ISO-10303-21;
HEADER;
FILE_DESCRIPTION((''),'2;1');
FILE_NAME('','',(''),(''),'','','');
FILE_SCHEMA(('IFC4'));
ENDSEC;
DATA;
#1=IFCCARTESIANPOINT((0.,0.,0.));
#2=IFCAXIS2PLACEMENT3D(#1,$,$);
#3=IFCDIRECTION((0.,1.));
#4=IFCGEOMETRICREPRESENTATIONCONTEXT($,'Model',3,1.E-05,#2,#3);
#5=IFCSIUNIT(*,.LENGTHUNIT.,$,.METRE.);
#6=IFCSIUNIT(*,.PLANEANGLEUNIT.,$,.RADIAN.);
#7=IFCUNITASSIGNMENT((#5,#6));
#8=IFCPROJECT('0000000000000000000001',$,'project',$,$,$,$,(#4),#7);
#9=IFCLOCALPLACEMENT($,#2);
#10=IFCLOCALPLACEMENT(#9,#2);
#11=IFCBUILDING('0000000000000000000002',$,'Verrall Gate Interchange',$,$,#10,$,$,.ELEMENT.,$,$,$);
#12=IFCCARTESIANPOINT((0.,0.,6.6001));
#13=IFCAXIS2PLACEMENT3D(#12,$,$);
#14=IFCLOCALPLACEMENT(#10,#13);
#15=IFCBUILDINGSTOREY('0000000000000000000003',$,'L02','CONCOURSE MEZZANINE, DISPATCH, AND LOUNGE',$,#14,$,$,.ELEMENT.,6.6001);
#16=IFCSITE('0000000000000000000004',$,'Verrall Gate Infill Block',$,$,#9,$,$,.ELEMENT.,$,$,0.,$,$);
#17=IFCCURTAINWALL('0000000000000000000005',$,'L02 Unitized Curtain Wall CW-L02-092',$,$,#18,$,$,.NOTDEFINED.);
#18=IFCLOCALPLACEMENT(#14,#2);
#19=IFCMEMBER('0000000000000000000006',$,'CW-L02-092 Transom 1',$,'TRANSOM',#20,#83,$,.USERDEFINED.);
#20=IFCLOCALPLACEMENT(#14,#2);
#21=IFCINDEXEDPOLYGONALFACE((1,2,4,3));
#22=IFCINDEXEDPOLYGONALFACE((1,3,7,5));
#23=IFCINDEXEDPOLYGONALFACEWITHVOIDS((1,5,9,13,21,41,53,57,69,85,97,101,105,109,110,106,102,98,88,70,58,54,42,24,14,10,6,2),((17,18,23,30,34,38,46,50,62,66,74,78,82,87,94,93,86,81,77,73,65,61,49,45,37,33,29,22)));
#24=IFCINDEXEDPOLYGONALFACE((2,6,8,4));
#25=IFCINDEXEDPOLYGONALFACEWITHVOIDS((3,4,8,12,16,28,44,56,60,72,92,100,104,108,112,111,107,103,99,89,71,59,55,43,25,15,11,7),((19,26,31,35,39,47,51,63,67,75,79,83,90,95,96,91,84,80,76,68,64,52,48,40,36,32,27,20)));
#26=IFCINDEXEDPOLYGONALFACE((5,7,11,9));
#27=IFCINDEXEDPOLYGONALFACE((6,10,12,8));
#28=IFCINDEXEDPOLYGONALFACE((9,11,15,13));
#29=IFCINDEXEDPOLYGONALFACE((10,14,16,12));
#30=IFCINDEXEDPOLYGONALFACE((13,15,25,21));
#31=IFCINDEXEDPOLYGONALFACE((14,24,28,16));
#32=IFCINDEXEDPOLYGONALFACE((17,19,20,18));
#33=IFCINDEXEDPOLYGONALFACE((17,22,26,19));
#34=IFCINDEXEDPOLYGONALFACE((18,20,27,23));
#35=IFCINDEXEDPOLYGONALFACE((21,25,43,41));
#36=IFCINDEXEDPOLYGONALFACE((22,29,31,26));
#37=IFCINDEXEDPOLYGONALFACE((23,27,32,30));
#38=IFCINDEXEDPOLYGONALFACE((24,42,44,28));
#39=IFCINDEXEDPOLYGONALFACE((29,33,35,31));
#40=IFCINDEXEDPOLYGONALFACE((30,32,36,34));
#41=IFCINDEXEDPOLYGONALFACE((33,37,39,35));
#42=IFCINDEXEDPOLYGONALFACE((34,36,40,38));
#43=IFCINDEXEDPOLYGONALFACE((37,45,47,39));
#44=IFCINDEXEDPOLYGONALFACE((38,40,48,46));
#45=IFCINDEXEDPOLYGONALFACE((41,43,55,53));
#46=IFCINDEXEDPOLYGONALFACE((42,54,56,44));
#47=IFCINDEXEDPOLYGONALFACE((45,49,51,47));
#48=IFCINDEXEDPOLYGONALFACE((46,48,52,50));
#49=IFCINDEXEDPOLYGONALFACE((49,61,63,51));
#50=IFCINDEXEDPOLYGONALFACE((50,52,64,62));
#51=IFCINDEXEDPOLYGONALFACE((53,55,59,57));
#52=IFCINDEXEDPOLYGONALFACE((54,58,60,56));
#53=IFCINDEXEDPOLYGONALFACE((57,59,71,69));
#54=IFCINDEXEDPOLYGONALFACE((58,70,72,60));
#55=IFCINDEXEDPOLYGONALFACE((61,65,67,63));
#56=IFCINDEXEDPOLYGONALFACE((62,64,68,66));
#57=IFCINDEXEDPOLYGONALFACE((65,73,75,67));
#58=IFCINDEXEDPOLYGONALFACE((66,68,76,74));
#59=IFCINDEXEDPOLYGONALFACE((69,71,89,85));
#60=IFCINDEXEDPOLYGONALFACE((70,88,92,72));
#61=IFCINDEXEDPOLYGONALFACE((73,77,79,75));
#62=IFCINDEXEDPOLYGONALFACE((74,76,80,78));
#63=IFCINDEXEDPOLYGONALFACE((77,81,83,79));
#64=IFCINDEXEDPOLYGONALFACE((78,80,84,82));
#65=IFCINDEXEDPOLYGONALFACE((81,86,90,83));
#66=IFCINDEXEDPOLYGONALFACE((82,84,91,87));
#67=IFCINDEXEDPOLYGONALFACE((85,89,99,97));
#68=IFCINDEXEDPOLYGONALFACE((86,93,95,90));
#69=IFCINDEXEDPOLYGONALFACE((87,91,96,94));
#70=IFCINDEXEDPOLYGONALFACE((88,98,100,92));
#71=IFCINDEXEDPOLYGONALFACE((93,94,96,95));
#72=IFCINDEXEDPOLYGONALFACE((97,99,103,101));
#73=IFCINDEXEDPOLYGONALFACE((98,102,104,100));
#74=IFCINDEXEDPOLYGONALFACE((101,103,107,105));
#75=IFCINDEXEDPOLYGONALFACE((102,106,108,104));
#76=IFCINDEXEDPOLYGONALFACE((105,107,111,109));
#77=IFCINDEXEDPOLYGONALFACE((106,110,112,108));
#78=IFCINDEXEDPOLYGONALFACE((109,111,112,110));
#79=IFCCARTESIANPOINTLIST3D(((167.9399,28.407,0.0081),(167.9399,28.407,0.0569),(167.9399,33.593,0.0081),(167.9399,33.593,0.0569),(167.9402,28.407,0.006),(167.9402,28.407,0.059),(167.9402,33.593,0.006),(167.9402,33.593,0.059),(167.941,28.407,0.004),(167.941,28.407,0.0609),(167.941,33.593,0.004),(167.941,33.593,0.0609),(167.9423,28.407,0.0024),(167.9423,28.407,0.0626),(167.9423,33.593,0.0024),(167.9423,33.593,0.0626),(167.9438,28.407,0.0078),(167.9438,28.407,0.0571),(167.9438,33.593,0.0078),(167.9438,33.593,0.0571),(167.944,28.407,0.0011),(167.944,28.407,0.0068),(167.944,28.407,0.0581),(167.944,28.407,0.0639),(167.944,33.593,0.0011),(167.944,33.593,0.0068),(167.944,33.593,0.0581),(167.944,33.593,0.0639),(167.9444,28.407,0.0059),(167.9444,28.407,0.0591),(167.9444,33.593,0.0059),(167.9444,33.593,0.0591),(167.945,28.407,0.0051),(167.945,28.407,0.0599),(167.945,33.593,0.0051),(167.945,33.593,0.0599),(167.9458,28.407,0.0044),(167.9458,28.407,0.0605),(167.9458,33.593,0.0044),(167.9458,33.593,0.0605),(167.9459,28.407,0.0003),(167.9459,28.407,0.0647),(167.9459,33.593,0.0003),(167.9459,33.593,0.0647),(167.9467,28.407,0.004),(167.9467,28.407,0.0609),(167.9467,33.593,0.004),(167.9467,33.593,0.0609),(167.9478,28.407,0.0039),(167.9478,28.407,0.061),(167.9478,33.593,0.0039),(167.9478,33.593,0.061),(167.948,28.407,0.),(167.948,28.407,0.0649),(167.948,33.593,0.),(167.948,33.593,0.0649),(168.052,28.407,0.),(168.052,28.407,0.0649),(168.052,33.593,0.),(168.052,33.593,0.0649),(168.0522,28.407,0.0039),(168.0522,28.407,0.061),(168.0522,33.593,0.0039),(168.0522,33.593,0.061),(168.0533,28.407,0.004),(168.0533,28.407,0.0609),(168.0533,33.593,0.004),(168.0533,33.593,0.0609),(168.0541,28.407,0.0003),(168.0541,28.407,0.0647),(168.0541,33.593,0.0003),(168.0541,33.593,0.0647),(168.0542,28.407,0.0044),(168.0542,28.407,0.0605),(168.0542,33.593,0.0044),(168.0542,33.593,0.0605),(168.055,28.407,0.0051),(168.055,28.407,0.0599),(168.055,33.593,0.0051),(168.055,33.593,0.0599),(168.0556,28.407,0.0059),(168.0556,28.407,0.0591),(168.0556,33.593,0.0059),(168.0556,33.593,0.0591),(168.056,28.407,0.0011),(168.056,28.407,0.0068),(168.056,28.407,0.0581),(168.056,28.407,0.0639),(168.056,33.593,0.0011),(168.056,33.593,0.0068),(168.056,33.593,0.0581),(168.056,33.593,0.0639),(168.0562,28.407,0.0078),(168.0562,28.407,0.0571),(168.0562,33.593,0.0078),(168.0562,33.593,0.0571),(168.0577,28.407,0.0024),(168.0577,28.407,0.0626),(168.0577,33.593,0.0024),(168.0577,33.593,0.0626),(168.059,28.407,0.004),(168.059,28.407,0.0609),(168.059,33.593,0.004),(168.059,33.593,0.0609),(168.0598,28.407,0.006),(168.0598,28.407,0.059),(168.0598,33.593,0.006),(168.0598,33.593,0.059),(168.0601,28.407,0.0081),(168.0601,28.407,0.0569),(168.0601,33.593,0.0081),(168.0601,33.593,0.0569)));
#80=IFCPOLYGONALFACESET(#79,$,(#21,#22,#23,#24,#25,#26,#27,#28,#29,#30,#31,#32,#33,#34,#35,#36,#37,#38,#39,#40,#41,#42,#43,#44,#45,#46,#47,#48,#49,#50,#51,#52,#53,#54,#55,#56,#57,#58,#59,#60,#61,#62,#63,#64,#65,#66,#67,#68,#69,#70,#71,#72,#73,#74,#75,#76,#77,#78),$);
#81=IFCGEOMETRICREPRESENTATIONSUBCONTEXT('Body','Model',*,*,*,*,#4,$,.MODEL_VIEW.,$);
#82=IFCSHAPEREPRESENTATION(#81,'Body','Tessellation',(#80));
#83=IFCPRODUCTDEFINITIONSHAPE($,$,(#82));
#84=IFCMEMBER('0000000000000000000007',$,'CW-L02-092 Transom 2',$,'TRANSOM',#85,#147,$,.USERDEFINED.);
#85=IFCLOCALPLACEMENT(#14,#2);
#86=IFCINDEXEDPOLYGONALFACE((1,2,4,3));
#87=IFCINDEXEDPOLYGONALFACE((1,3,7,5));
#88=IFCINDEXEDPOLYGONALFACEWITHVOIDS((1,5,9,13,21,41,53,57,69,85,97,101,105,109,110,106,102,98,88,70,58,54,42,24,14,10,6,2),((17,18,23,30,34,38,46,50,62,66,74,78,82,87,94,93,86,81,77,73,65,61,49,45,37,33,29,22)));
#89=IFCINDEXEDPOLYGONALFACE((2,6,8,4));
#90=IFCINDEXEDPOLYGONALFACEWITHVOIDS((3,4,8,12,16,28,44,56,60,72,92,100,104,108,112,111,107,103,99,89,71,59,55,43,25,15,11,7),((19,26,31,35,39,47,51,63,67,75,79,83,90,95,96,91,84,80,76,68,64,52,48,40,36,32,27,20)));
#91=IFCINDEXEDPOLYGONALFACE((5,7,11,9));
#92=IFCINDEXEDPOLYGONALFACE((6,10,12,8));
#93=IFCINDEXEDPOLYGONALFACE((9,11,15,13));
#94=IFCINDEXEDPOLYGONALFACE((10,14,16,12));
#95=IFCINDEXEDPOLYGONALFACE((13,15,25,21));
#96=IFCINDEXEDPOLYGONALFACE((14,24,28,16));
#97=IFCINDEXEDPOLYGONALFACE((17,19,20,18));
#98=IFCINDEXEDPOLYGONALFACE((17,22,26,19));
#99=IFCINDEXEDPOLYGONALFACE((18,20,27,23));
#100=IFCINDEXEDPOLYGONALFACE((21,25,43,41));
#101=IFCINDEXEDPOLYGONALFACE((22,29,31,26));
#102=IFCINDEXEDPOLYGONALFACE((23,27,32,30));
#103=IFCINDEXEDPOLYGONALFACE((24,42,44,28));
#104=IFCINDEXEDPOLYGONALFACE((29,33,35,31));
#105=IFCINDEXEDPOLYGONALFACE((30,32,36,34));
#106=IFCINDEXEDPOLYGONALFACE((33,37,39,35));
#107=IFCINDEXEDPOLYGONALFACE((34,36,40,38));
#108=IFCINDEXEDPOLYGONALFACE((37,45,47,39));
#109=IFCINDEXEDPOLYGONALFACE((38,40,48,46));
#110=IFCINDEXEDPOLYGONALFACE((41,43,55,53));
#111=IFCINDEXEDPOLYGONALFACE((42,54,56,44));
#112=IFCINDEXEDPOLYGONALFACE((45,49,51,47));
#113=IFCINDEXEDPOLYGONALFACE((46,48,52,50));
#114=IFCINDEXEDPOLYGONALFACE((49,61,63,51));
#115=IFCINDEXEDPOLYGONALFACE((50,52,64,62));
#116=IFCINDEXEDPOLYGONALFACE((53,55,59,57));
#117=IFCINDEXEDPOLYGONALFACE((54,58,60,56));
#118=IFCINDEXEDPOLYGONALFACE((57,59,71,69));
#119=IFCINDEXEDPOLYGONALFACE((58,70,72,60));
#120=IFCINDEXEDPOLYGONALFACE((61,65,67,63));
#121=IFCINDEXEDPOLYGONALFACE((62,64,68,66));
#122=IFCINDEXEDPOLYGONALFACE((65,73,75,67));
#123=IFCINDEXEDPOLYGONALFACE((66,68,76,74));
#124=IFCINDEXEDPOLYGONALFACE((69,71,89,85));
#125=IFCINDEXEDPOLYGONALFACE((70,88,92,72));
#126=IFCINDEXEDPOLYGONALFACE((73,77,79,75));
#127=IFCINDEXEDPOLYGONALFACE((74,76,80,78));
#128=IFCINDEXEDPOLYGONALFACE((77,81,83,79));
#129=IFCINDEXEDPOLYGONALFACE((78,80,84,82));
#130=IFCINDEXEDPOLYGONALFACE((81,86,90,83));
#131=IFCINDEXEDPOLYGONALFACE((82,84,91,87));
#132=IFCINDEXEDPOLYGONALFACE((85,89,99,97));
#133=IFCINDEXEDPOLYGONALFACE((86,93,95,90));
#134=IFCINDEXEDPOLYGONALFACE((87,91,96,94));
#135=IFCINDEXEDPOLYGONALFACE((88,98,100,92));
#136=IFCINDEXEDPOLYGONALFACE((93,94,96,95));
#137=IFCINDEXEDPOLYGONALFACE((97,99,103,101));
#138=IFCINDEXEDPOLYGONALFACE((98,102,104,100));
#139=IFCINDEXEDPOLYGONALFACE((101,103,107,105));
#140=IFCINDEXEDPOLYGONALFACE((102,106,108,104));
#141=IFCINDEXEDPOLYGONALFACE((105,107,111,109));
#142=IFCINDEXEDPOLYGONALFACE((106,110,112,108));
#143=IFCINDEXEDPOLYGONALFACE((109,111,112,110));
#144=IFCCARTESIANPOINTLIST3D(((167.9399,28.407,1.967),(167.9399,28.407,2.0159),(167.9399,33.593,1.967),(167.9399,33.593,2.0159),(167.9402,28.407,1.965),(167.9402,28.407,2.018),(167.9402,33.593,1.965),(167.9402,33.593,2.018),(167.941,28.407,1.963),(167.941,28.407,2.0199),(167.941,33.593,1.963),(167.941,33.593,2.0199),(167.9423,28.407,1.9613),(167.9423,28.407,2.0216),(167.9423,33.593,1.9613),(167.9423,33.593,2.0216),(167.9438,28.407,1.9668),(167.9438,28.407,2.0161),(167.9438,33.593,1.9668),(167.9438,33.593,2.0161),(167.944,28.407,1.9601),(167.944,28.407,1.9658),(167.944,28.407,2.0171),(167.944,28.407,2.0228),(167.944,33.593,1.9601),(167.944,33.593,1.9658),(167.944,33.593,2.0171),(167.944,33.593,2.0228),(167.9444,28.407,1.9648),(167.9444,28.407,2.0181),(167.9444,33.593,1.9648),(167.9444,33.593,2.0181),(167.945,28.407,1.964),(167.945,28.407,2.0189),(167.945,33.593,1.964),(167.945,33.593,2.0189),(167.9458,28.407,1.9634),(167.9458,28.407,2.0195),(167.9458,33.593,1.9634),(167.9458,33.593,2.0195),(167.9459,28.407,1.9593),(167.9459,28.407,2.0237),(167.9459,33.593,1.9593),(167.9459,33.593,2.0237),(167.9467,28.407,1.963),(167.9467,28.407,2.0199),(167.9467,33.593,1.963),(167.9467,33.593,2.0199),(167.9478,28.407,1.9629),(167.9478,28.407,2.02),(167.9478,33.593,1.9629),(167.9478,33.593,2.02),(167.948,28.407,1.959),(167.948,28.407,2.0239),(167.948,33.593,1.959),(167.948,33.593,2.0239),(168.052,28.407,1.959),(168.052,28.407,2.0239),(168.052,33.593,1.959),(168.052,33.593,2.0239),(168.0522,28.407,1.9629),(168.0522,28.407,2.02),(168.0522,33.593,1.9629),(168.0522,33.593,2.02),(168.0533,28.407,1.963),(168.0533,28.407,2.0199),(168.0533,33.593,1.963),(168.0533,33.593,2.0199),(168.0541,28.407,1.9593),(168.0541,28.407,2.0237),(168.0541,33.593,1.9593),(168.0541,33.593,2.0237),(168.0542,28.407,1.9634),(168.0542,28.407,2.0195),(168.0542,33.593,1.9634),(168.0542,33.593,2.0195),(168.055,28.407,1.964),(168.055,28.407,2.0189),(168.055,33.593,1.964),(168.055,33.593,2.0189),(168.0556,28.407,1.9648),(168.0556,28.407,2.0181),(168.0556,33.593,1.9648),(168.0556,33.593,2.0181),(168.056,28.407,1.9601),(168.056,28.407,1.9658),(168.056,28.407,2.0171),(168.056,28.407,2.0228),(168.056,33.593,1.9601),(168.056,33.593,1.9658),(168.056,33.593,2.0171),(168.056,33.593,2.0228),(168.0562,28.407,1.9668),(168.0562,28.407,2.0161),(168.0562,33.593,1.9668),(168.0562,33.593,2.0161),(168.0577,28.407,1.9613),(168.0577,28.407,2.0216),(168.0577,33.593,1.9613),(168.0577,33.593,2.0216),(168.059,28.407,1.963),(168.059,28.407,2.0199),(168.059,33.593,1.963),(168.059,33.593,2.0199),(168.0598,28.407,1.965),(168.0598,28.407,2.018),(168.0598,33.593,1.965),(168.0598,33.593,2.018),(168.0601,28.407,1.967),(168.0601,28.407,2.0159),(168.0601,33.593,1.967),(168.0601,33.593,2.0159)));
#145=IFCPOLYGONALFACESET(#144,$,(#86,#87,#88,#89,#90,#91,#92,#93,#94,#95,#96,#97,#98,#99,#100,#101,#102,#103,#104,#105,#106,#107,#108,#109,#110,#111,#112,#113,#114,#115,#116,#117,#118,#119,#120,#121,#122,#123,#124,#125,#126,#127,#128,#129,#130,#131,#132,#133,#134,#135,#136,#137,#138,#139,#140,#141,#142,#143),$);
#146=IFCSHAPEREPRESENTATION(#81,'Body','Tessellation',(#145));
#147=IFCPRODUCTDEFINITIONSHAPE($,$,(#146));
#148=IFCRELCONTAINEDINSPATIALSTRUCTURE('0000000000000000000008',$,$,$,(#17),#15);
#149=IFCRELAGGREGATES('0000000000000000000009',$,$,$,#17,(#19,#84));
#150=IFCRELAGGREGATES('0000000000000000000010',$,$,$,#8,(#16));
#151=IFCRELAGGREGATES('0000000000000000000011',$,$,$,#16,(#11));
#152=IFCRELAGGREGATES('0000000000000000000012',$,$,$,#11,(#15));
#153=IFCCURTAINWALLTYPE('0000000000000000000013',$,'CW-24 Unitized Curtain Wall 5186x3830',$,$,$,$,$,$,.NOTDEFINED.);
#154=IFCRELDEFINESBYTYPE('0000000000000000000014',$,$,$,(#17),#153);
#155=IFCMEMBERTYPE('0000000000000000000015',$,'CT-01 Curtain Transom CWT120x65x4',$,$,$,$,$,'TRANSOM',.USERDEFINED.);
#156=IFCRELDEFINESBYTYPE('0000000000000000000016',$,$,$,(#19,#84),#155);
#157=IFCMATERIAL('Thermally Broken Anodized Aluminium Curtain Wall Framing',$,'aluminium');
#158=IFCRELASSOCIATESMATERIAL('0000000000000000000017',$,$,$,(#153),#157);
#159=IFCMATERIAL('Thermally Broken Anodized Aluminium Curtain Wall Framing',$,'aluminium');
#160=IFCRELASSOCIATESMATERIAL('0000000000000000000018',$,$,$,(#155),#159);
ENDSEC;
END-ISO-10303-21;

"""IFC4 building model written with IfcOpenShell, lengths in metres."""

from ifc_helpers import new_model, si_unit, direction, frame, origin, origin_2d, place, context, subcontext, project, spatial, hollow_rectangle, extrude, material, material_profile, profile_set, type_object, element, aggregate, save


model = new_model("IFC4")

# Units and contexts
model_context = context("Model", 3, precision=1e-05, world=origin(), true_north=direction((0.0, 1.0)))
body_context = subcontext(model_context, "Body", "Model", "MODEL_VIEW")
ifc_project = project(units=[si_unit("LENGTHUNIT", "METRE"), si_unit("PLANEANGLEUNIT", "RADIAN")], contexts=[model_context])

# Site, building, storey
site_placement = place(None, origin())
site = spatial("IfcSite", under=ifc_project, at=site_placement, Name="Verrall Gate Infill Block", CompositionType="ELEMENT", RefElevation=0.0)
building_placement = place(site_placement, origin())
building = spatial("IfcBuilding", under=site, at=building_placement, Name="Verrall Gate Interchange", CompositionType="ELEMENT")
storey_placement = place(building_placement, frame((0.0, 0.0, 6.6001)))
storey = spatial("IfcBuildingStorey", under=building, at=storey_placement, Name="L02", Description="CONCOURSE MEZZANINE, DISPATCH, AND LOUNGE", CompositionType="ELEMENT", Elevation=6.6001)

# Curtain wall, members
ifc_material_1 = material(Name="Thermally Broken Anodized Aluminium Curtain Wall Framing", Category="aluminium")
curtain_wall_type = type_object("IfcCurtainWallType", Name="CW-24 Unitized Curtain Wall 5186x3830", PredefinedType="NOTDEFINED", material=ifc_material_1)
curtain_wall_placement = place(storey_placement, origin())
curtain_wall = element("IfcCurtainWall", 1, at=curtain_wall_placement, inside=storey, type_object=curtain_wall_type, Name="L02 Unitized Curtain Wall CW-L02-092", PredefinedType="NOTDEFINED")
ifc_material_2 = material(Name="Thermally Broken Anodized Aluminium Curtain Wall Framing", Category="aluminium")
ifc_material_profile_1 = material_profile(ifc_material_2, hollow_rectangle(XDim=0.1201, YDim=0.0649, WallThickness=0.0039, InnerFilletRadius=0.0039, OuterFilletRadius=0.0081, at=origin_2d()), Name="CWT120x65x4")
ifc_profile_set_1 = profile_set([ifc_material_profile_1], Name="Thermally Broken Anodized Aluminium Curtain Wall Framing")
member_type_1 = type_object("IfcMemberType", Name="CT-01 Curtain Transom CWT120x65x4", ElementType="TRANSOM", PredefinedType="USERDEFINED", material=ifc_profile_set_1)
member_1_placement = place(storey_placement, frame((168.0, 28.407, 0.0325), z_axis=(0.0, 1.0, 0.0), x_axis=(-1.0, 0.0, 0.0)))
member_1 = element("IfcMember", 2, at=member_1_placement, type_object=member_type_1, Name="CW-L02-092 Transom 1", ObjectType="TRANSOM", PredefinedType="USERDEFINED", context=body_context, shape_type="SweptSolid", body=[
    extrude(hollow_rectangle(XDim=0.1201, YDim=0.0649, WallThickness=0.0039, InnerFilletRadius=0.0039, OuterFilletRadius=0.0081, at=origin_2d()), origin(), (0.0, 0.0, 1.0), 5.186),
])
member_2_placement = place(storey_placement, frame((168.0, 28.407, 1.9915), z_axis=(0.0, 1.0, 0.0), x_axis=(-1.0, 0.0, 0.0)))
member_2 = element("IfcMember", 3, at=member_2_placement, type_object=member_type_1, Name="CW-L02-092 Transom 2", ObjectType="TRANSOM", PredefinedType="USERDEFINED", context=body_context, shape_type="SweptSolid", body=[
    extrude(hollow_rectangle(XDim=0.1201, YDim=0.0649, WallThickness=0.0039, InnerFilletRadius=0.0039, OuterFilletRadius=0.0081, at=origin_2d()), origin(), (0.0, 0.0, 1.0), 5.186),
])

aggregate(curtain_wall, [member_1, member_2])

save(model, "model.ifc")
